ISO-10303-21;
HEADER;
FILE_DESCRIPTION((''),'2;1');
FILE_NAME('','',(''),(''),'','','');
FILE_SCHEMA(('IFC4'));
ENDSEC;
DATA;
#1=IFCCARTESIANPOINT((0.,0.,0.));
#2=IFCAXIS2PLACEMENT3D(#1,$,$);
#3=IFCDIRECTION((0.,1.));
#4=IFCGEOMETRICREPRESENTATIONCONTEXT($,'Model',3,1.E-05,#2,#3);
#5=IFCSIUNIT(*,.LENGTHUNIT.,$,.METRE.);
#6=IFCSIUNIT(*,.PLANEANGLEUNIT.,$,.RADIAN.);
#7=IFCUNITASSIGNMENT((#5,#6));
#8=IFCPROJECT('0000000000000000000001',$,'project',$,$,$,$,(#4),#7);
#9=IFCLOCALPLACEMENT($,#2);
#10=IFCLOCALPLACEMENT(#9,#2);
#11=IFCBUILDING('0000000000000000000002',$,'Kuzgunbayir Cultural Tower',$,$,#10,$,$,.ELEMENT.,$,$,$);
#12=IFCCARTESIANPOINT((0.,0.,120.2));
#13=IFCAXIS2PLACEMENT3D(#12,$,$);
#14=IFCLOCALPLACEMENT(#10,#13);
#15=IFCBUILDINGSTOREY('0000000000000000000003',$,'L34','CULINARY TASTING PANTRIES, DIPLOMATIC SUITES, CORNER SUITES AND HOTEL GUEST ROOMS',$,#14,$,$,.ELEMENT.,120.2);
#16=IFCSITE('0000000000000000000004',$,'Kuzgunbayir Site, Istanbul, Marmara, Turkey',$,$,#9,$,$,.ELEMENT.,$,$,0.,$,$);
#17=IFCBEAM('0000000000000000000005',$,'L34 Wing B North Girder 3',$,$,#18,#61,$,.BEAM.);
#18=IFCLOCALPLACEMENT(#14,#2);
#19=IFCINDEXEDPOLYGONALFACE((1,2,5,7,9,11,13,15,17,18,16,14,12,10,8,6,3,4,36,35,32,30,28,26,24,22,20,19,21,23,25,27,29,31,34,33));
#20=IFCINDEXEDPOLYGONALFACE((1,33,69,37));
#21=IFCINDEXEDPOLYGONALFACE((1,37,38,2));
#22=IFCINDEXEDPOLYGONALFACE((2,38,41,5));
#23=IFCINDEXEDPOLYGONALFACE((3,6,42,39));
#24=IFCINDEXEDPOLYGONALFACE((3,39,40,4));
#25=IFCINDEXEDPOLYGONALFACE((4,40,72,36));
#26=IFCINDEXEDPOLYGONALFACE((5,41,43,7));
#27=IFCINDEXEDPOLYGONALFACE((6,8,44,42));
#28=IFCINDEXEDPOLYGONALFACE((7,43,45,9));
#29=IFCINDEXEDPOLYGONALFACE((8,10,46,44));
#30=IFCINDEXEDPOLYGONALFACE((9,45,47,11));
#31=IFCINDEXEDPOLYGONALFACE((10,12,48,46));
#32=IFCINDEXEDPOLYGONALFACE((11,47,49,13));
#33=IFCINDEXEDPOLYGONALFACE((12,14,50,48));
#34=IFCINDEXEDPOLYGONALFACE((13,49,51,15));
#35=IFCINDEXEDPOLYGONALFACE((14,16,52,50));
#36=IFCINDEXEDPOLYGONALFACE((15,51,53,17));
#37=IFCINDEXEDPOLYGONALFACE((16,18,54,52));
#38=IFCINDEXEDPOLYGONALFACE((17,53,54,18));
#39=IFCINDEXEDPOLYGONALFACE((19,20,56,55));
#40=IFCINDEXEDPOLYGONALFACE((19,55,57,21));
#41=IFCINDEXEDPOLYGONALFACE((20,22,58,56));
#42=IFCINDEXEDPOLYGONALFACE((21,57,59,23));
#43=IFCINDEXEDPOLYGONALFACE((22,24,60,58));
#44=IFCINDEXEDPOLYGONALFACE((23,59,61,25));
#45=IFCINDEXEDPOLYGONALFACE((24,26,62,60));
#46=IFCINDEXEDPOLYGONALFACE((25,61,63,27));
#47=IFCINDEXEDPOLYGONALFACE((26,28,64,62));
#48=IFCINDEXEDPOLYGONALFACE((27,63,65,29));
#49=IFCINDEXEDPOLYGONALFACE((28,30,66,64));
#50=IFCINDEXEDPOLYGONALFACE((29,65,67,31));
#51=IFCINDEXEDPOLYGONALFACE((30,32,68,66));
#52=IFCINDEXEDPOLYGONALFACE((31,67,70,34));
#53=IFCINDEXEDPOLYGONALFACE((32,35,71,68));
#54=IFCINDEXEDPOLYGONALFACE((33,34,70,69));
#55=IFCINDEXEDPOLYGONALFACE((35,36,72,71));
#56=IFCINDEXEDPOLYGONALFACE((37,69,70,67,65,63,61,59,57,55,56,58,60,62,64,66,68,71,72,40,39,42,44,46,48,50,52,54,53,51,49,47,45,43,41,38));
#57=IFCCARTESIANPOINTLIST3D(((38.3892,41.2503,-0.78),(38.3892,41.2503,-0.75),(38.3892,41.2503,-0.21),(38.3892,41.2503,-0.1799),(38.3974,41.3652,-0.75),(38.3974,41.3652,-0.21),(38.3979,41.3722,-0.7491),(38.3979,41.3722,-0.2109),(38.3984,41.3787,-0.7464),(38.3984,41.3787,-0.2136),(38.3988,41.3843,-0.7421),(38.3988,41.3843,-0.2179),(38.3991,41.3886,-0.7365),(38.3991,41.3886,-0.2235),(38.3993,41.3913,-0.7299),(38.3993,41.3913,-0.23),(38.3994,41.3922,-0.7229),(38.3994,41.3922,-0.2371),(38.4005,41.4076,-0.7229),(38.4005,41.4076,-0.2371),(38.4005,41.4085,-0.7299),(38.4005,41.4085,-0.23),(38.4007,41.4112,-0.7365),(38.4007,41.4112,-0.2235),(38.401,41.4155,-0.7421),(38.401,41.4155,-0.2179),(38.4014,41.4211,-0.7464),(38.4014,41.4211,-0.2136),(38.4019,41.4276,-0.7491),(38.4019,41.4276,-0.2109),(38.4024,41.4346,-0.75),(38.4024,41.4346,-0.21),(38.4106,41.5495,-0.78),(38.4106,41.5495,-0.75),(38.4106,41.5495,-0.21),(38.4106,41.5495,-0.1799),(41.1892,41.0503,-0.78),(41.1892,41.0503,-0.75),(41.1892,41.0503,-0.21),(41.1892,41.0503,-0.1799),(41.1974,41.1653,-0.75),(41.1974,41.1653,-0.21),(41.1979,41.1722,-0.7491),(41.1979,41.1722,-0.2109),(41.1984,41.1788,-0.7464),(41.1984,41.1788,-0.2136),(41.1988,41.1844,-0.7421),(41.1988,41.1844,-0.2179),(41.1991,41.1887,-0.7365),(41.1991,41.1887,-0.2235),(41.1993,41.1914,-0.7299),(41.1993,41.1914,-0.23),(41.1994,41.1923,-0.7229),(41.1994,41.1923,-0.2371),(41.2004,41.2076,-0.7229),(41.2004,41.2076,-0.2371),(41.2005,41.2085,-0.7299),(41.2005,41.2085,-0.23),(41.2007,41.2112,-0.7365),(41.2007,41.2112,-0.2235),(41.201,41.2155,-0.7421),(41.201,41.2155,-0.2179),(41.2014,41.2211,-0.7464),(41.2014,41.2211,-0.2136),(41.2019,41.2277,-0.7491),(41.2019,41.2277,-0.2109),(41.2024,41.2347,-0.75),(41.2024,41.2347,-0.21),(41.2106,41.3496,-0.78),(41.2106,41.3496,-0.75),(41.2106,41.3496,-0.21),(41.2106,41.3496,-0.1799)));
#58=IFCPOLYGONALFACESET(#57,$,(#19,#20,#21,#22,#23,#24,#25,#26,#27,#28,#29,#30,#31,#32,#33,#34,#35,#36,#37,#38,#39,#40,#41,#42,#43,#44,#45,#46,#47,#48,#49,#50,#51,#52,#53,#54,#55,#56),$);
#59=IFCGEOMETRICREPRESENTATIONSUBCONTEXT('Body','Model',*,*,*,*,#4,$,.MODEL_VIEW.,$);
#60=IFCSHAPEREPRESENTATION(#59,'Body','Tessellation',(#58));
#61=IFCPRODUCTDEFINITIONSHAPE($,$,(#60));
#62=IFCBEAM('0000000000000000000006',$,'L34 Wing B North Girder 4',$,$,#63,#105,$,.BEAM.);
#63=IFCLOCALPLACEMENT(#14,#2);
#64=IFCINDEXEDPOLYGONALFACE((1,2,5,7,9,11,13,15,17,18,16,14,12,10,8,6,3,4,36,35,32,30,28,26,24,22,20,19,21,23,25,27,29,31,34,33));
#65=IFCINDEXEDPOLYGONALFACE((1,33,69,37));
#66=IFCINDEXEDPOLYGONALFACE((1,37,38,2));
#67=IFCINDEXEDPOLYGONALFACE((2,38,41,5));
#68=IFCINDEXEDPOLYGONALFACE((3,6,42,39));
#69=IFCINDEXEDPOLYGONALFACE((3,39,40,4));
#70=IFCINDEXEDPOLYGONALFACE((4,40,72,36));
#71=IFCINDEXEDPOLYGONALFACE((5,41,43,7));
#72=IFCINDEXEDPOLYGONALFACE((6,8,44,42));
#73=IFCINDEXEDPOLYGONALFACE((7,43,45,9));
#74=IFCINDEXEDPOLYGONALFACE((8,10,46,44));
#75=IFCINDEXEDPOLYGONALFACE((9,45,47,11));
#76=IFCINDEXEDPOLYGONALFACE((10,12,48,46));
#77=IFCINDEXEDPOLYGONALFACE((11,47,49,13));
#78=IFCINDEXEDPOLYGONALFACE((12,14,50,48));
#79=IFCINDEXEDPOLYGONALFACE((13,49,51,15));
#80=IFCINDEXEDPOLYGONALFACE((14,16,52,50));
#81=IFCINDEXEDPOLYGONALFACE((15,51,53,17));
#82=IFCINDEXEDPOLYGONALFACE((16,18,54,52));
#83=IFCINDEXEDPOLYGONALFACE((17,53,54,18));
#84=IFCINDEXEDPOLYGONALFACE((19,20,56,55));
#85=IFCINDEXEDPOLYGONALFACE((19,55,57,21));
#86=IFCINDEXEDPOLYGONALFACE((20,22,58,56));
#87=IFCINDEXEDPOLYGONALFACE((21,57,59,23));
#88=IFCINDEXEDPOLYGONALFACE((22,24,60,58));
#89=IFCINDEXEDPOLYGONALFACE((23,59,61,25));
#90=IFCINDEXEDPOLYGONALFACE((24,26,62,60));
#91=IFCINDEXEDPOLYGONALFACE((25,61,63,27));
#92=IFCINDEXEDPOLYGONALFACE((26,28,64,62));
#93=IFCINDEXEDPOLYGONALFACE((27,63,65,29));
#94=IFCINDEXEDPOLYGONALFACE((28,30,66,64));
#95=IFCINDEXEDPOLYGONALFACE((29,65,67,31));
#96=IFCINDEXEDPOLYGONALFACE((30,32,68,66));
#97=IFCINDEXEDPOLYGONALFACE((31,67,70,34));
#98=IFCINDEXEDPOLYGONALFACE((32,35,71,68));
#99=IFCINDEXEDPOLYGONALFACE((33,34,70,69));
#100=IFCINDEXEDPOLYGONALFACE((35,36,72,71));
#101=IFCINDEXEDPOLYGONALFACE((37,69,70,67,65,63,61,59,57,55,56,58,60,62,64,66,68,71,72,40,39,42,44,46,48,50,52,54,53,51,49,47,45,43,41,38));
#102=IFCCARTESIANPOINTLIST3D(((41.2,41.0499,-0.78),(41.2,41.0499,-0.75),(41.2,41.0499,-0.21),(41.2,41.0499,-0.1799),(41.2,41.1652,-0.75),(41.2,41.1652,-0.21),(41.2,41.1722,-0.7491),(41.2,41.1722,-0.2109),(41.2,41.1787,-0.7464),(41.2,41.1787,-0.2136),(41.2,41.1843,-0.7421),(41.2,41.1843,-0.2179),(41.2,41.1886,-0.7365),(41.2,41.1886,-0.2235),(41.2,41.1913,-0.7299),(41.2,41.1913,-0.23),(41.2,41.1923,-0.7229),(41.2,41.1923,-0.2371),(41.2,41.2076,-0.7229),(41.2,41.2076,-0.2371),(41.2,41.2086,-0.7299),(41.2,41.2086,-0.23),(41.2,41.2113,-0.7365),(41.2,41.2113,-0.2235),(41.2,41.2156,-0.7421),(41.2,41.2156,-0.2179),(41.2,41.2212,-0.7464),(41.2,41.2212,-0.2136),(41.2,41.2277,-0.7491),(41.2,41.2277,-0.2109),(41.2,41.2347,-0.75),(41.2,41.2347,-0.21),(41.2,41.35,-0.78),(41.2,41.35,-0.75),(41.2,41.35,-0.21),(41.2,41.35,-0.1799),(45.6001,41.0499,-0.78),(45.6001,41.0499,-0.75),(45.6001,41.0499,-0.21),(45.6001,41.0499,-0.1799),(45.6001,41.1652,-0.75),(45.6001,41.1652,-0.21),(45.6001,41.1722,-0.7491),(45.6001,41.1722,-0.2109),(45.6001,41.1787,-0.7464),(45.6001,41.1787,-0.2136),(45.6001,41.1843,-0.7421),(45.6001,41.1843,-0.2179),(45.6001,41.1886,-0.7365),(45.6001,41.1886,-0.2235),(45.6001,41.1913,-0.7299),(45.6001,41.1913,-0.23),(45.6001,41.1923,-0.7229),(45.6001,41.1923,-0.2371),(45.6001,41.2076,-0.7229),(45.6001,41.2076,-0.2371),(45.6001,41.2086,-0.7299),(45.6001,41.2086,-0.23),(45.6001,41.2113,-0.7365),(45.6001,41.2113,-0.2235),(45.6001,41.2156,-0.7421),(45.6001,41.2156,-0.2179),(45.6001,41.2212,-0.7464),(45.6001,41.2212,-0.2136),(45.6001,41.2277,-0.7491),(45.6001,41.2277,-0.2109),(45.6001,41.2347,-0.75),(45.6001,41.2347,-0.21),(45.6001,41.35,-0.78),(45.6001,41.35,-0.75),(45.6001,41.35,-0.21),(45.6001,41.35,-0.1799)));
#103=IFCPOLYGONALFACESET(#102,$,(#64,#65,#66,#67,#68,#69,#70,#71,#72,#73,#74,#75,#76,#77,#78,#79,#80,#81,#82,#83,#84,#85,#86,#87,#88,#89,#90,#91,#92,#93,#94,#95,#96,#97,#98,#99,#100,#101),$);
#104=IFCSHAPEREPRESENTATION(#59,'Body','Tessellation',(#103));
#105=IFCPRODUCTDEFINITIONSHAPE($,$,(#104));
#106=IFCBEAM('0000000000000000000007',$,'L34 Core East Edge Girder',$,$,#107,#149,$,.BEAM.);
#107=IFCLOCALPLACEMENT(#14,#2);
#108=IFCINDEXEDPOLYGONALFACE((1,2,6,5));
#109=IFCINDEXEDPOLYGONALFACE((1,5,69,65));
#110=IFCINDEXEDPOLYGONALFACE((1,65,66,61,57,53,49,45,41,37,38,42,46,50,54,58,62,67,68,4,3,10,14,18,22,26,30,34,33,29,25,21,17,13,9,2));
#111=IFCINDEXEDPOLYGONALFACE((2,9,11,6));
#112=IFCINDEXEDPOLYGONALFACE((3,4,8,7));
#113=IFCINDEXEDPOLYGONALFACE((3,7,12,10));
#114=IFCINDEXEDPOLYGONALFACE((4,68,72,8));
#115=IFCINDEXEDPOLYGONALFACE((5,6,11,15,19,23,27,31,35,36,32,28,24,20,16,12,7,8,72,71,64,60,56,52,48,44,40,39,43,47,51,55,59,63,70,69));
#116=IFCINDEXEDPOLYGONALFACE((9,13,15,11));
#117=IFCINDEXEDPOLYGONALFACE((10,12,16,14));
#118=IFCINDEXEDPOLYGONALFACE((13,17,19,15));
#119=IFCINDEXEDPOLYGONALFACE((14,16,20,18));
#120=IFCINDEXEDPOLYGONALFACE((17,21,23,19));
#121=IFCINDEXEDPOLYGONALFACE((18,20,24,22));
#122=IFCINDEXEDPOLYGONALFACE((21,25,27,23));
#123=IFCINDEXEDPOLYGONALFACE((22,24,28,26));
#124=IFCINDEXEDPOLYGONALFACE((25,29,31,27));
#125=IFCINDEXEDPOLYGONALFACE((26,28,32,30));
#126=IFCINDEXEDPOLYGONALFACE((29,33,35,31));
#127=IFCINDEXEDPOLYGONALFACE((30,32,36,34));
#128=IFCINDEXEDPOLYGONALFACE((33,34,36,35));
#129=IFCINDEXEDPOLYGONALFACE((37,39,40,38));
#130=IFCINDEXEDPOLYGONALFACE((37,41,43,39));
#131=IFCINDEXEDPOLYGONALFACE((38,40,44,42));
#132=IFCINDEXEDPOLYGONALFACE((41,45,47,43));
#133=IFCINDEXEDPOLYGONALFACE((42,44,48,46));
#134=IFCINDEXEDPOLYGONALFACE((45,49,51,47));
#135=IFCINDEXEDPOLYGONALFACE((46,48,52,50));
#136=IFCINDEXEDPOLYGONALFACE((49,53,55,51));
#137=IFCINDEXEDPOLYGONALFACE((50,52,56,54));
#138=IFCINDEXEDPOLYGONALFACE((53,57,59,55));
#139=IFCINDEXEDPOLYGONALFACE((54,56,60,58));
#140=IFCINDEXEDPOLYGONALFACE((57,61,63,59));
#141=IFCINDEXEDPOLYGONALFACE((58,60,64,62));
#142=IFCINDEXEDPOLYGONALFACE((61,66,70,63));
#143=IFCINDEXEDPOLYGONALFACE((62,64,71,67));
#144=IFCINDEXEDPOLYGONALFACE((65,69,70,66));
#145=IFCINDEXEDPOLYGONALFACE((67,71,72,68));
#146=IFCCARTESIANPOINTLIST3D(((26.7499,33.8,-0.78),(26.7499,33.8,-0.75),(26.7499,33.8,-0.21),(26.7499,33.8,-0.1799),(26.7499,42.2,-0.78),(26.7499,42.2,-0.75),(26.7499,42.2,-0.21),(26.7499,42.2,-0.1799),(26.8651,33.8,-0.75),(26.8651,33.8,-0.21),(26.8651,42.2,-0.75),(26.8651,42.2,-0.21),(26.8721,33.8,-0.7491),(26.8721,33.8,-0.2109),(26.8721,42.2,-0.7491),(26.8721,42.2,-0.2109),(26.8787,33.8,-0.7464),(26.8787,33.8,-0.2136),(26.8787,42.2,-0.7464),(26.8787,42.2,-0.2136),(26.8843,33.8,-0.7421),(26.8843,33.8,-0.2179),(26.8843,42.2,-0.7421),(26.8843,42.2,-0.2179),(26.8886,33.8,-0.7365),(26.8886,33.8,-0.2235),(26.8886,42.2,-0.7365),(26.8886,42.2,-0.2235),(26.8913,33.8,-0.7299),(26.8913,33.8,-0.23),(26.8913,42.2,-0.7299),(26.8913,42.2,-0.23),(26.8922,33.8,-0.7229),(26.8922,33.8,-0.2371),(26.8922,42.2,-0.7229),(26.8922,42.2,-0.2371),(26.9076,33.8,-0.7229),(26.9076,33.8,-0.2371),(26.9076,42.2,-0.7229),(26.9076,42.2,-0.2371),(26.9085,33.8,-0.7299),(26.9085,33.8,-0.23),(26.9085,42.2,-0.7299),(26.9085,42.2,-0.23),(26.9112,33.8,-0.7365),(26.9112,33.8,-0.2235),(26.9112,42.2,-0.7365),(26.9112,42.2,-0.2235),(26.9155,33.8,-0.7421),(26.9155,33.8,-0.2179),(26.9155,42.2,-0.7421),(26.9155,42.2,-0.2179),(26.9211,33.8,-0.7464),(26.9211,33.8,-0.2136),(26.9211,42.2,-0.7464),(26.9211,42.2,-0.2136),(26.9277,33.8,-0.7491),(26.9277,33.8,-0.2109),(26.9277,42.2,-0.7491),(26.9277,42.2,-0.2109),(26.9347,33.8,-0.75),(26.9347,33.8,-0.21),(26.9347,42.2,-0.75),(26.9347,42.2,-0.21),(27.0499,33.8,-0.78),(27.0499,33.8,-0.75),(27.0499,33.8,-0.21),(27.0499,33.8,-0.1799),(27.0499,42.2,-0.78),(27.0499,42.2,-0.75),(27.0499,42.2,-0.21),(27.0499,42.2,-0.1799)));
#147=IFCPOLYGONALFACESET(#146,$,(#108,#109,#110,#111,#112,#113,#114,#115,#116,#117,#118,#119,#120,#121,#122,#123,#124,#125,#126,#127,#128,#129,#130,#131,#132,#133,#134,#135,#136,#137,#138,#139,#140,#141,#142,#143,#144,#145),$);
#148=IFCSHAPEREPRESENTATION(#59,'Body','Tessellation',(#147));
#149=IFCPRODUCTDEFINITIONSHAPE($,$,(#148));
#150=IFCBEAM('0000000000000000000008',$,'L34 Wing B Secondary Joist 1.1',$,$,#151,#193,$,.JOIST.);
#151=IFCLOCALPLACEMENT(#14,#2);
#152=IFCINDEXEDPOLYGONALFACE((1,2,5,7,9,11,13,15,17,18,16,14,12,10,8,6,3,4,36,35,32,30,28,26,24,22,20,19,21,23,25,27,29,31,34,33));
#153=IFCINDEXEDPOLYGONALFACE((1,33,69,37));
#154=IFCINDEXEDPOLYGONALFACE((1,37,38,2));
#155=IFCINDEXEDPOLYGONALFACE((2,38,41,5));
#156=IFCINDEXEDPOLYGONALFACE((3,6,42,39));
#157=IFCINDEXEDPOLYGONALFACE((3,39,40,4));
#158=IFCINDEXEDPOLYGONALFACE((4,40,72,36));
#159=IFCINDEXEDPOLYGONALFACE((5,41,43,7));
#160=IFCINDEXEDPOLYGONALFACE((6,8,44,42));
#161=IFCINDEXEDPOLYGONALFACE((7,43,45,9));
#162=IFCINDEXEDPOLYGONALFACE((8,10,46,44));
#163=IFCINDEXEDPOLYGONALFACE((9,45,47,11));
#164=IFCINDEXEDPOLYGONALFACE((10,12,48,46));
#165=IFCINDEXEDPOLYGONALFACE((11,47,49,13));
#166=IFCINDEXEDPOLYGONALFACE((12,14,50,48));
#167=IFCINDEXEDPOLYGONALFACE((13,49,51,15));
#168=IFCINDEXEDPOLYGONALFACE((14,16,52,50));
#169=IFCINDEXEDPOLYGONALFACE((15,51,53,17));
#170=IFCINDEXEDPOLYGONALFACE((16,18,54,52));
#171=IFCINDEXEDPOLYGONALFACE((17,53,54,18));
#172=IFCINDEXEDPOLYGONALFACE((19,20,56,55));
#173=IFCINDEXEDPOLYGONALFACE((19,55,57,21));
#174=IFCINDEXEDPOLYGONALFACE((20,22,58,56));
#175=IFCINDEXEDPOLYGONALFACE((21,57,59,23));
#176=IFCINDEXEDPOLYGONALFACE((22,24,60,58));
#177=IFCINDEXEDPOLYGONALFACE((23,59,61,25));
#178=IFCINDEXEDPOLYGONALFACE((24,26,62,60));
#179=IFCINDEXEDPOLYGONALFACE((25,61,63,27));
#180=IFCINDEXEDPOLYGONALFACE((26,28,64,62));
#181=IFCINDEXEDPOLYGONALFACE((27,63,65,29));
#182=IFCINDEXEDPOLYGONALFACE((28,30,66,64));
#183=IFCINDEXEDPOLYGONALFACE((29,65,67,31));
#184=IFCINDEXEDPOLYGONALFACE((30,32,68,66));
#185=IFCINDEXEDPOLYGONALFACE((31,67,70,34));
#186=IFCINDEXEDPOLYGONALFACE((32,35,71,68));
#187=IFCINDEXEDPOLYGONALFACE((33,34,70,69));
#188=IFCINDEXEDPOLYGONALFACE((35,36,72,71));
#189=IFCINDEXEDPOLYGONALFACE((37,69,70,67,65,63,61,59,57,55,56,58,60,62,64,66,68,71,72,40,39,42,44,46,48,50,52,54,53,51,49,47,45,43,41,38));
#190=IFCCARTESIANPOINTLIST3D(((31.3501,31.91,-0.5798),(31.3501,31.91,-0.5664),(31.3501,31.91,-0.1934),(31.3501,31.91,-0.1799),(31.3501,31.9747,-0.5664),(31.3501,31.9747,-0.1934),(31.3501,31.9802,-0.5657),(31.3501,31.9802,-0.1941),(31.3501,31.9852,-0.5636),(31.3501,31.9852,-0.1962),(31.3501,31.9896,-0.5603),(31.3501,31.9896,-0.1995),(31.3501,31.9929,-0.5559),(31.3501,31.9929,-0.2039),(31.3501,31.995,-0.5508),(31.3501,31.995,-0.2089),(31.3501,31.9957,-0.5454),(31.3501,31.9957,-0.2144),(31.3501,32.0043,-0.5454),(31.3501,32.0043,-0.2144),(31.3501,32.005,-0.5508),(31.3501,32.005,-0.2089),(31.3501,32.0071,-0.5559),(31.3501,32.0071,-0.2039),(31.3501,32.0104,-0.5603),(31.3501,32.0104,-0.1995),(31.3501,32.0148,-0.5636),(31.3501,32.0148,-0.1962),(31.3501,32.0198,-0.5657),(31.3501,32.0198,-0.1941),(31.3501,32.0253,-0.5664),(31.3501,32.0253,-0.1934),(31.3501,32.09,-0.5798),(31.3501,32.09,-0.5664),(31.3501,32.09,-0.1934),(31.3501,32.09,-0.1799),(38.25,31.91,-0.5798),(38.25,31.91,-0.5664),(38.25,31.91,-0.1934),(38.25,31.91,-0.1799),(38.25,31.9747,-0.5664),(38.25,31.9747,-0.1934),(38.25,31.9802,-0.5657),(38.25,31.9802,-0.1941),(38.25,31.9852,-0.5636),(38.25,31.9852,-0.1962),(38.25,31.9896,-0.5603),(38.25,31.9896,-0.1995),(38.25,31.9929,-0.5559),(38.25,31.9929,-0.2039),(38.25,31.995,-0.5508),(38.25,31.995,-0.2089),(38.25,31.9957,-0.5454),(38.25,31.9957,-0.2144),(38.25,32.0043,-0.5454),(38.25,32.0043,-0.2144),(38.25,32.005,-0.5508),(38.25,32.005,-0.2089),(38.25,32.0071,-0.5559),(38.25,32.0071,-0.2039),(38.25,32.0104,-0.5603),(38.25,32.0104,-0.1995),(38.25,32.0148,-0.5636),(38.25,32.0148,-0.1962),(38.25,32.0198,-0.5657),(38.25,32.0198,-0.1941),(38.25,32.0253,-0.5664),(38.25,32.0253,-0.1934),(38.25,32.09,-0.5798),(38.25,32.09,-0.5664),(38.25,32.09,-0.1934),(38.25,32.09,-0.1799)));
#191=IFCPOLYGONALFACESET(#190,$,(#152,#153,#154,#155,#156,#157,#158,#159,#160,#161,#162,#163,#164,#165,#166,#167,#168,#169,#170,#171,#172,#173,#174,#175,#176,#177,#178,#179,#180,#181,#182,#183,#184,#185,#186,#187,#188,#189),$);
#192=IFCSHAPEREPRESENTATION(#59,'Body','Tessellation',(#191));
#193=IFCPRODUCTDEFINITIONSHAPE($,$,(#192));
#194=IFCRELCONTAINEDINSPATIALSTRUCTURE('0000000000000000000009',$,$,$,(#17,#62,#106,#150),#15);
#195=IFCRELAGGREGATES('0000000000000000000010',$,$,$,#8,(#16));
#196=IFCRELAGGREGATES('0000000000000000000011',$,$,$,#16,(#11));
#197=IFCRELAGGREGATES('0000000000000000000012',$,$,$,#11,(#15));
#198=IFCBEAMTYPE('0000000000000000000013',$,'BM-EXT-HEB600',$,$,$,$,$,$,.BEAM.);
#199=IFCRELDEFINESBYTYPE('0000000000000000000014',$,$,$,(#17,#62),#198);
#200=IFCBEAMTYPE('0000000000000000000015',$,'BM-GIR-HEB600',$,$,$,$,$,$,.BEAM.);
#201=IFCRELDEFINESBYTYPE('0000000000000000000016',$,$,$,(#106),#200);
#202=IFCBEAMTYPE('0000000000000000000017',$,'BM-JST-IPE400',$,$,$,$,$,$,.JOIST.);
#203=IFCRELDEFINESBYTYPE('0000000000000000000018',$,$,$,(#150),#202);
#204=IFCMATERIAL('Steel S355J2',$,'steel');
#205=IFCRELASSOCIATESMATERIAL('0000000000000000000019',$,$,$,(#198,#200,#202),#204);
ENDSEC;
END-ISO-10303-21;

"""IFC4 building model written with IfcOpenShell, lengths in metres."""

from ifc_helpers import new_model, si_unit, direction, frame, origin, origin_2d, place, context, subcontext, project, spatial, i_section, extrude, material, material_profile, profile_set, type_object, element, save


model = new_model("IFC4")

# Units and contexts
model_context = context("Model", 3, precision=1e-05, world=origin(), true_north=direction((0.0, 1.0)))
body_context = subcontext(model_context, "Body", "Model", "MODEL_VIEW")
ifc_project = project(units=[si_unit("LENGTHUNIT", "METRE"), si_unit("PLANEANGLEUNIT", "RADIAN")], contexts=[model_context])

# Site, building, storey
site_placement = place(None, origin())
site = spatial("IfcSite", under=ifc_project, at=site_placement, Name="Kuzgunbayir Site, Istanbul, Marmara, Turkey", CompositionType="ELEMENT", RefElevation=0.0)
building_placement = place(site_placement, origin())
building = spatial("IfcBuilding", under=site, at=building_placement, Name="Kuzgunbayir Cultural Tower", CompositionType="ELEMENT")
storey_placement = place(building_placement, frame((0.0, 0.0, 120.2)))
storey = spatial("IfcBuildingStorey", under=building, at=storey_placement, Name="L34", Description="CULINARY TASTING PANTRIES, DIPLOMATIC SUITES, CORNER SUITES AND HOTEL GUEST ROOMS", CompositionType="ELEMENT", Elevation=120.2)

# Beams
ifc_material_1 = material(Name="Steel S355J2", Category="steel")
ifc_material_profile_1 = material_profile(ifc_material_1, i_section(OverallWidth=0.3, OverallDepth=0.6001, WebThickness=0.0154, FlangeThickness=0.03, FilletRadius=0.0271, at=origin_2d()), Name="HEB 600")
ifc_profile_set_1 = profile_set([ifc_material_profile_1], Name="Steel S355J2")
beam_type_1 = type_object("IfcBeamType", Name="BM-EXT-HEB600", PredefinedType="BEAM", material=ifc_profile_set_1)
beam_1_placement = place(storey_placement, frame((38.3999, 41.3999, -0.48), z_axis=(0.99746, -0.071229, 0.0), x_axis=(0.071229, 0.99746, 0.0)))
element("IfcBeam", 1, at=beam_1_placement, inside=storey, type_object=beam_type_1, Name="L34 Wing B North Girder 3", PredefinedType="BEAM", context=body_context, shape_type="SweptSolid", body=[
    extrude(i_section(OverallWidth=0.3, OverallDepth=0.6001, WebThickness=0.0154, FlangeThickness=0.03, FilletRadius=0.0271, at=origin_2d()), origin(), (0.0, 0.0, 1.0), 2.8071),
])
beam_2_placement = place(storey_placement, frame((41.2, 41.2, -0.48), z_axis=(1.0, 0.0, 0.0), x_axis=(0.0, 1.0, 0.0)))
element("IfcBeam", 2, at=beam_2_placement, inside=storey, type_object=beam_type_1, Name="L34 Wing B North Girder 4", PredefinedType="BEAM", context=body_context, shape_type="SweptSolid", body=[
    extrude(i_section(OverallWidth=0.3, OverallDepth=0.6001, WebThickness=0.0154, FlangeThickness=0.03, FilletRadius=0.0271, at=origin_2d()), origin(), (0.0, 0.0, 1.0), 4.4001),
])
ifc_material_profile_2 = material_profile(ifc_material_1, i_section(OverallWidth=0.3, OverallDepth=0.6001, WebThickness=0.0154, FlangeThickness=0.03, FilletRadius=0.0271, at=origin_2d()), Name="HEB 600")
ifc_profile_set_2 = profile_set([ifc_material_profile_2], Name="Steel S355J2")
beam_type_2 = type_object("IfcBeamType", Name="BM-GIR-HEB600", PredefinedType="BEAM", material=ifc_profile_set_2)
beam_3_placement = place(storey_placement, frame((26.8999, 33.8, -0.48), z_axis=(0.0, 1.0, 0.0), x_axis=(-1.0, 0.0, 0.0)))
element("IfcBeam", 3, at=beam_3_placement, inside=storey, type_object=beam_type_2, Name="L34 Core East Edge Girder", PredefinedType="BEAM", context=body_context, shape_type="SweptSolid", body=[
    extrude(i_section(OverallWidth=0.3, OverallDepth=0.6001, WebThickness=0.0154, FlangeThickness=0.03, FilletRadius=0.0271, at=origin_2d()), origin(), (0.0, 0.0, 1.0), 8.3999),
])
ifc_material_profile_3 = material_profile(ifc_material_1, i_section(OverallWidth=0.1799, OverallDepth=0.3999, WebThickness=0.0085, FlangeThickness=0.0134, FilletRadius=0.021, at=origin_2d()), Name="IPE 400")
ifc_profile_set_3 = profile_set([ifc_material_profile_3], Name="Steel S355J2")
beam_type_3 = type_object("IfcBeamType", Name="BM-JST-IPE400", PredefinedType="JOIST", material=ifc_profile_set_3)
for number, where, z_axis, x_axis, name in (
    (4, (31.3501, 32.0, -0.3799), (1.0, 0.0, 0.0), (0.0, 1.0, 0.0), "L34 Wing B Secondary Joist 1.1"),
):
    element("IfcBeam", number, at=place(storey_placement, frame(where, z_axis=z_axis, x_axis=x_axis)), inside=storey, type_object=beam_type_3, Name=name, PredefinedType="JOIST", context=body_context, shape_type="SweptSolid", body=[
        extrude(i_section(OverallWidth=0.1799, OverallDepth=0.3999, WebThickness=0.0085, FlangeThickness=0.0134, FilletRadius=0.021, at=origin_2d()), origin(), (0.0, 0.0, 1.0), 6.8999),
    ])

save(model, "model.ifc")
